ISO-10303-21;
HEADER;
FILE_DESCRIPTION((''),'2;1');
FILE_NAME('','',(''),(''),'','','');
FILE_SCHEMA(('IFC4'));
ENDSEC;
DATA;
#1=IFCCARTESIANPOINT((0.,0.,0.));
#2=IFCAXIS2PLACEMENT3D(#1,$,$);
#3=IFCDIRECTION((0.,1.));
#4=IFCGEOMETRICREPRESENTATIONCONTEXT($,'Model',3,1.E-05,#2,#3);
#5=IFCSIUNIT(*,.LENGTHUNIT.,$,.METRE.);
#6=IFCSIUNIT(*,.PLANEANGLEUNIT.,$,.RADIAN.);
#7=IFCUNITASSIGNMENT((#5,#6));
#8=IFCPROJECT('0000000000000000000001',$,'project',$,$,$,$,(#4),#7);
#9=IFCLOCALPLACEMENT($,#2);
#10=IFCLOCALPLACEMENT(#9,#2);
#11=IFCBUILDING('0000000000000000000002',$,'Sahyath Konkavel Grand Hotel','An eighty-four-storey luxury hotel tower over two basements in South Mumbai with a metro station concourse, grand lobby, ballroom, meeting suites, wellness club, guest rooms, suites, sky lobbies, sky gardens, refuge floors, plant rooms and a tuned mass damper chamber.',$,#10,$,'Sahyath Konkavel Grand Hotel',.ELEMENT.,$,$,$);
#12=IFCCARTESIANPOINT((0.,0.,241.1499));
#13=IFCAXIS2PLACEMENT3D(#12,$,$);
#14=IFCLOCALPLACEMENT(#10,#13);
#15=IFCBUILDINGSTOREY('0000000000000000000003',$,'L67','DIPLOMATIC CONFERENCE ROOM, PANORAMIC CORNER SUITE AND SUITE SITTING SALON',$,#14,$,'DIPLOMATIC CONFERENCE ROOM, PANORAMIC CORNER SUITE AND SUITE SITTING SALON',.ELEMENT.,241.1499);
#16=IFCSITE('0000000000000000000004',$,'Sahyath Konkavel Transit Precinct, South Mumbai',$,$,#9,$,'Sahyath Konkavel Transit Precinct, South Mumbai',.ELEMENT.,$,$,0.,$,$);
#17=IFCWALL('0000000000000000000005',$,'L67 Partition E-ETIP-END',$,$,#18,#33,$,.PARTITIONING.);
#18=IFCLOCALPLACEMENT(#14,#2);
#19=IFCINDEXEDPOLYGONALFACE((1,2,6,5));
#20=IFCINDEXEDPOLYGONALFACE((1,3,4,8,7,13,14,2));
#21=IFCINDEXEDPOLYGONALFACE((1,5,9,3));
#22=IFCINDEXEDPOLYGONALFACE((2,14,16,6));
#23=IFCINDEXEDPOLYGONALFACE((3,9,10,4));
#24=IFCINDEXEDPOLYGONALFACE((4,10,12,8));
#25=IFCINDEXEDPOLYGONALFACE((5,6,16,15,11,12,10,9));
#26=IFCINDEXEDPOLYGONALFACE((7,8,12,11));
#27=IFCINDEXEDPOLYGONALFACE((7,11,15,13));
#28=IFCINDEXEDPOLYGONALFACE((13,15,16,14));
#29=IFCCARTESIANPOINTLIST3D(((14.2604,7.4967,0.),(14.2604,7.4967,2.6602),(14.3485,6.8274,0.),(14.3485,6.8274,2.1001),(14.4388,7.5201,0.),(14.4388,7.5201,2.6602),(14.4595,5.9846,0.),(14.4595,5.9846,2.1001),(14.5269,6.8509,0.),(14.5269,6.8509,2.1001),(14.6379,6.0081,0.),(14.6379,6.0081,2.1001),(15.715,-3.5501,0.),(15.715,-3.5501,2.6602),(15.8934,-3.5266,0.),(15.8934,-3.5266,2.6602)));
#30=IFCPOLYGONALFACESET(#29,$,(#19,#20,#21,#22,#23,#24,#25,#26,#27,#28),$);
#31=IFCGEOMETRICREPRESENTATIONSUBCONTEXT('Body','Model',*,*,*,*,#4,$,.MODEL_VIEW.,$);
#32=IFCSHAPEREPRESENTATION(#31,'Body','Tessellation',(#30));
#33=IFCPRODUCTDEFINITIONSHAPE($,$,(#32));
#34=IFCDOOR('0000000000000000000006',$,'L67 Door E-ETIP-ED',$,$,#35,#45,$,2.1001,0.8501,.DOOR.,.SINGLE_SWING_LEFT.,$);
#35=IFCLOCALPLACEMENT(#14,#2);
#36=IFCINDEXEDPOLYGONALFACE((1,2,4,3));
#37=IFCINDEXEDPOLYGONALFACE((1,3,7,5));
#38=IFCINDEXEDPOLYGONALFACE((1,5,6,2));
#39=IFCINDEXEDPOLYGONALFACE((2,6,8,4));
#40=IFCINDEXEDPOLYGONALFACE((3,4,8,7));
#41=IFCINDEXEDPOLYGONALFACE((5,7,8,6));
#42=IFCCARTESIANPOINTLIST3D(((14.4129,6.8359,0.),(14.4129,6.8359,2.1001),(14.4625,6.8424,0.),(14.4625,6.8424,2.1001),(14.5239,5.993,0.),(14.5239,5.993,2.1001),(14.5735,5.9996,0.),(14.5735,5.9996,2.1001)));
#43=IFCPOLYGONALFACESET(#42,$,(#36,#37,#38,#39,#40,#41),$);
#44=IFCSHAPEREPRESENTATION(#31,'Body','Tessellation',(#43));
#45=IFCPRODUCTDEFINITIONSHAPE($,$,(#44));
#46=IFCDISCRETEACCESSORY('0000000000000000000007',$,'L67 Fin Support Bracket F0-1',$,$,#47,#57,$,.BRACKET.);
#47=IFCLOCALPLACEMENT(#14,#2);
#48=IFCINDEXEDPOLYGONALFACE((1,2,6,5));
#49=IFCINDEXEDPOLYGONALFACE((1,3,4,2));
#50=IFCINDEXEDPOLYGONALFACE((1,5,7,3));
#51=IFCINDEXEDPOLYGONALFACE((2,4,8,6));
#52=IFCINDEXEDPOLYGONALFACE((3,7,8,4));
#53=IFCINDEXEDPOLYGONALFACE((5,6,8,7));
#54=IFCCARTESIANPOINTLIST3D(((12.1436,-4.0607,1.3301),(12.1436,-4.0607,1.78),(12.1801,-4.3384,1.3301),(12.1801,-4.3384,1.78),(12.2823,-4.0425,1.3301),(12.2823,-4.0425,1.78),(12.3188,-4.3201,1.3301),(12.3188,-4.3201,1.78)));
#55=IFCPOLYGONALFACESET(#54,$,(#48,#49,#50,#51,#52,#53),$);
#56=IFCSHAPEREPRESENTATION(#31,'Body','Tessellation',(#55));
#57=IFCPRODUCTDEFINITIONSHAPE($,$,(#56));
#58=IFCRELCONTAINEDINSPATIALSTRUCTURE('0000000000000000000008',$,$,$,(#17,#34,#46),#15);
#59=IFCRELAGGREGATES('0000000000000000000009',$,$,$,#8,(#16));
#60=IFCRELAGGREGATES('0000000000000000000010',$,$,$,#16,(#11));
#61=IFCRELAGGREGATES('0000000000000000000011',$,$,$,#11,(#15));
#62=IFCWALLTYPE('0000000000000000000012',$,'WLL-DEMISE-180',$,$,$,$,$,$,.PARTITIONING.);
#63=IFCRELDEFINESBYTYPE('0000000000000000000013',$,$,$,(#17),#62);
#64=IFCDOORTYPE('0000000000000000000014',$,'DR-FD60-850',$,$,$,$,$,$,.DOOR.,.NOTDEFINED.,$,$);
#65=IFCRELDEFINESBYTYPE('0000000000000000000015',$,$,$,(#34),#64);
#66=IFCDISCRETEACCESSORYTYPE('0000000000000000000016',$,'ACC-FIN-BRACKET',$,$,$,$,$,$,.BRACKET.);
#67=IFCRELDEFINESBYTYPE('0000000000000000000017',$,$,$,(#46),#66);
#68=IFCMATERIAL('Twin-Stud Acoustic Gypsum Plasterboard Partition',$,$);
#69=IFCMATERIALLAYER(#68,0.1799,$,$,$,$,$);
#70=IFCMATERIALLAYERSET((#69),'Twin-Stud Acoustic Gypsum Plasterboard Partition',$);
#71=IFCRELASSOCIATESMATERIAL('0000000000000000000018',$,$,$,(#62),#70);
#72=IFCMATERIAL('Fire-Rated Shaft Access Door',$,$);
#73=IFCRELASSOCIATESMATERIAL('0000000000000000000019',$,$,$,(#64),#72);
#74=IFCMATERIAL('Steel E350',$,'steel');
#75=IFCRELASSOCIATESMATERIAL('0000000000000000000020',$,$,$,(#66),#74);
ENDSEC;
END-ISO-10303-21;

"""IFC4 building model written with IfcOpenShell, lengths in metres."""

from ifc_helpers import new_model, si_unit, direction, frame, frame_2d, origin, origin_2d, place, context, subcontext, project, spatial, rectangle, extrude, source, transform, mapped, material, layer, layer_set, type_object, element, fill, save


model = new_model("IFC4")

# Units and contexts
model_context = context("Model", 3, precision=1e-05, world=origin(), true_north=direction((0.0, 1.0)))
body_context = subcontext(model_context, "Body", "Model", "MODEL_VIEW")
ifc_project = project(units=[si_unit("LENGTHUNIT", "METRE"), si_unit("PLANEANGLEUNIT", "RADIAN")], contexts=[model_context])

# Site, building, storey
site_placement = place(None, origin())
site = spatial("IfcSite", under=ifc_project, at=site_placement, Name="Sahyath Konkavel Transit Precinct, South Mumbai", LongName="Sahyath Konkavel Transit Precinct, South Mumbai", CompositionType="ELEMENT", RefElevation=0.0)
building_placement = place(site_placement, origin())
building = spatial("IfcBuilding", under=site, at=building_placement, Name="Sahyath Konkavel Grand Hotel", Description="An eighty-four-storey luxury hotel tower over two basements in South Mumbai with a metro station concourse, grand lobby, ballroom, meeting suites, wellness club, guest rooms, suites, sky lobbies, sky gardens, refuge floors, plant rooms and a tuned mass damper chamber.", LongName="Sahyath Konkavel Grand Hotel", CompositionType="ELEMENT")
storey_placement = place(building_placement, frame((0.0, 0.0, 241.1499)))
storey = spatial("IfcBuildingStorey", under=building, at=storey_placement, Name="L67", Description="DIPLOMATIC CONFERENCE ROOM, PANORAMIC CORNER SUITE AND SUITE SITTING SALON", LongName="DIPLOMATIC CONFERENCE ROOM, PANORAMIC CORNER SUITE AND SUITE SITTING SALON", CompositionType="ELEMENT", Elevation=241.1499)

# Shared definitions
ifc_material_1 = material(Name="Steel E350", Category="steel")

# Wall, opening, door
ifc_material_2 = material(Name="Twin-Stud Acoustic Gypsum Plasterboard Partition")
ifc_layer_1 = layer(ifc_material_2, 0.1799)
ifc_layer_set_1 = layer_set([ifc_layer_1], Name="Twin-Stud Acoustic Gypsum Plasterboard Partition")
wall_type_1 = type_object("IfcWallType", Name="WLL-DEMISE-180", PredefinedType="PARTITIONING", material=ifc_layer_set_1)
wall_placement = place(storey_placement, frame((15.8042, -3.5383, 0.0), z_axis=(0.0, 0.0, 1.0), x_axis=(-0.13055, 0.991442, 0.0)))
wall = element("IfcWall", 1, at=wall_placement, inside=storey, type_object=wall_type_1, Name="L67 Partition E-ETIP-END", PredefinedType="PARTITIONING", context=body_context, shape_type="SweptSolid", body=[
    extrude(rectangle(XDim=11.1421, YDim=0.1799, at=frame_2d((5.571, 0.0))), origin(), (0.0, 0.0, 1.0), 2.6602),
])
opening_placement = place(wall_placement, frame((9.6169, 0.0, 0.0)))
opening = element("IfcOpeningElement", 2, at=opening_placement, cuts=wall, PredefinedType="OPENING", context=body_context, shape_type="SweptSolid", body=[
    extrude(rectangle(XDim=0.8501, YDim=2.1001, at=frame_2d((0.425, 1.05))), frame((0.0, 0.1001, 0.0), z_axis=(0.0, -1.0, 0.0), x_axis=(1.0, 0.0, 0.0)), (0.0, 0.0, 1.0), 0.2),
])
ifc_material_3 = material(Name="Fire-Rated Shaft Access Door")
door_type = type_object("IfcDoorType", Name="DR-FD60-850", OperationType="NOTDEFINED", PredefinedType="DOOR", material=ifc_material_3)
shared_shape_1 = source(origin(), body_context, "Body", "SweptSolid", [
    extrude(rectangle(XDim=0.8501, YDim=0.05, at=origin_2d()), origin(), (0.0, 0.0, 1.0), 2.1001),
])
door_placement = place(opening_placement, frame((0.425, 0.0, 0.0)))
door = element("IfcDoor", 3, at=door_placement, inside=storey, type_object=door_type, Name="L67 Door E-ETIP-ED", OperationType="SINGLE_SWING_LEFT", OverallHeight=2.1001, OverallWidth=0.8501, PredefinedType="DOOR", context=body_context, shape_type="MappedRepresentation", body=[
    mapped(shared_shape_1, transform((0.0, 0.0, 0.0), scale=1.0)),
])
fill(opening, door)

# Discrete accessory
discrete_accessory_type = type_object("IfcDiscreteAccessoryType", Name="ACC-FIN-BRACKET", PredefinedType="BRACKET", material=ifc_material_1)
shared_shape_2 = source(origin(), body_context, "Body", "SweptSolid", [
    extrude(rectangle(XDim=0.28, YDim=0.1399, at=origin_2d()), origin(), (0.0, 0.0, 1.0), 0.45),
])
discrete_accessory_placement = place(storey_placement, frame((12.2312, -4.1904, 1.3301), z_axis=(0.0, 0.0, 1.0), x_axis=(0.130526, -0.991445, 0.0)))
element("IfcDiscreteAccessory", 4, at=discrete_accessory_placement, inside=storey, type_object=discrete_accessory_type, Name="L67 Fin Support Bracket F0-1", PredefinedType="BRACKET", context=body_context, shape_type="MappedRepresentation", body=[
    mapped(shared_shape_2, transform((0.0, 0.0, 0.0), scale=1.0)),
])

save(model, "model.ifc")
